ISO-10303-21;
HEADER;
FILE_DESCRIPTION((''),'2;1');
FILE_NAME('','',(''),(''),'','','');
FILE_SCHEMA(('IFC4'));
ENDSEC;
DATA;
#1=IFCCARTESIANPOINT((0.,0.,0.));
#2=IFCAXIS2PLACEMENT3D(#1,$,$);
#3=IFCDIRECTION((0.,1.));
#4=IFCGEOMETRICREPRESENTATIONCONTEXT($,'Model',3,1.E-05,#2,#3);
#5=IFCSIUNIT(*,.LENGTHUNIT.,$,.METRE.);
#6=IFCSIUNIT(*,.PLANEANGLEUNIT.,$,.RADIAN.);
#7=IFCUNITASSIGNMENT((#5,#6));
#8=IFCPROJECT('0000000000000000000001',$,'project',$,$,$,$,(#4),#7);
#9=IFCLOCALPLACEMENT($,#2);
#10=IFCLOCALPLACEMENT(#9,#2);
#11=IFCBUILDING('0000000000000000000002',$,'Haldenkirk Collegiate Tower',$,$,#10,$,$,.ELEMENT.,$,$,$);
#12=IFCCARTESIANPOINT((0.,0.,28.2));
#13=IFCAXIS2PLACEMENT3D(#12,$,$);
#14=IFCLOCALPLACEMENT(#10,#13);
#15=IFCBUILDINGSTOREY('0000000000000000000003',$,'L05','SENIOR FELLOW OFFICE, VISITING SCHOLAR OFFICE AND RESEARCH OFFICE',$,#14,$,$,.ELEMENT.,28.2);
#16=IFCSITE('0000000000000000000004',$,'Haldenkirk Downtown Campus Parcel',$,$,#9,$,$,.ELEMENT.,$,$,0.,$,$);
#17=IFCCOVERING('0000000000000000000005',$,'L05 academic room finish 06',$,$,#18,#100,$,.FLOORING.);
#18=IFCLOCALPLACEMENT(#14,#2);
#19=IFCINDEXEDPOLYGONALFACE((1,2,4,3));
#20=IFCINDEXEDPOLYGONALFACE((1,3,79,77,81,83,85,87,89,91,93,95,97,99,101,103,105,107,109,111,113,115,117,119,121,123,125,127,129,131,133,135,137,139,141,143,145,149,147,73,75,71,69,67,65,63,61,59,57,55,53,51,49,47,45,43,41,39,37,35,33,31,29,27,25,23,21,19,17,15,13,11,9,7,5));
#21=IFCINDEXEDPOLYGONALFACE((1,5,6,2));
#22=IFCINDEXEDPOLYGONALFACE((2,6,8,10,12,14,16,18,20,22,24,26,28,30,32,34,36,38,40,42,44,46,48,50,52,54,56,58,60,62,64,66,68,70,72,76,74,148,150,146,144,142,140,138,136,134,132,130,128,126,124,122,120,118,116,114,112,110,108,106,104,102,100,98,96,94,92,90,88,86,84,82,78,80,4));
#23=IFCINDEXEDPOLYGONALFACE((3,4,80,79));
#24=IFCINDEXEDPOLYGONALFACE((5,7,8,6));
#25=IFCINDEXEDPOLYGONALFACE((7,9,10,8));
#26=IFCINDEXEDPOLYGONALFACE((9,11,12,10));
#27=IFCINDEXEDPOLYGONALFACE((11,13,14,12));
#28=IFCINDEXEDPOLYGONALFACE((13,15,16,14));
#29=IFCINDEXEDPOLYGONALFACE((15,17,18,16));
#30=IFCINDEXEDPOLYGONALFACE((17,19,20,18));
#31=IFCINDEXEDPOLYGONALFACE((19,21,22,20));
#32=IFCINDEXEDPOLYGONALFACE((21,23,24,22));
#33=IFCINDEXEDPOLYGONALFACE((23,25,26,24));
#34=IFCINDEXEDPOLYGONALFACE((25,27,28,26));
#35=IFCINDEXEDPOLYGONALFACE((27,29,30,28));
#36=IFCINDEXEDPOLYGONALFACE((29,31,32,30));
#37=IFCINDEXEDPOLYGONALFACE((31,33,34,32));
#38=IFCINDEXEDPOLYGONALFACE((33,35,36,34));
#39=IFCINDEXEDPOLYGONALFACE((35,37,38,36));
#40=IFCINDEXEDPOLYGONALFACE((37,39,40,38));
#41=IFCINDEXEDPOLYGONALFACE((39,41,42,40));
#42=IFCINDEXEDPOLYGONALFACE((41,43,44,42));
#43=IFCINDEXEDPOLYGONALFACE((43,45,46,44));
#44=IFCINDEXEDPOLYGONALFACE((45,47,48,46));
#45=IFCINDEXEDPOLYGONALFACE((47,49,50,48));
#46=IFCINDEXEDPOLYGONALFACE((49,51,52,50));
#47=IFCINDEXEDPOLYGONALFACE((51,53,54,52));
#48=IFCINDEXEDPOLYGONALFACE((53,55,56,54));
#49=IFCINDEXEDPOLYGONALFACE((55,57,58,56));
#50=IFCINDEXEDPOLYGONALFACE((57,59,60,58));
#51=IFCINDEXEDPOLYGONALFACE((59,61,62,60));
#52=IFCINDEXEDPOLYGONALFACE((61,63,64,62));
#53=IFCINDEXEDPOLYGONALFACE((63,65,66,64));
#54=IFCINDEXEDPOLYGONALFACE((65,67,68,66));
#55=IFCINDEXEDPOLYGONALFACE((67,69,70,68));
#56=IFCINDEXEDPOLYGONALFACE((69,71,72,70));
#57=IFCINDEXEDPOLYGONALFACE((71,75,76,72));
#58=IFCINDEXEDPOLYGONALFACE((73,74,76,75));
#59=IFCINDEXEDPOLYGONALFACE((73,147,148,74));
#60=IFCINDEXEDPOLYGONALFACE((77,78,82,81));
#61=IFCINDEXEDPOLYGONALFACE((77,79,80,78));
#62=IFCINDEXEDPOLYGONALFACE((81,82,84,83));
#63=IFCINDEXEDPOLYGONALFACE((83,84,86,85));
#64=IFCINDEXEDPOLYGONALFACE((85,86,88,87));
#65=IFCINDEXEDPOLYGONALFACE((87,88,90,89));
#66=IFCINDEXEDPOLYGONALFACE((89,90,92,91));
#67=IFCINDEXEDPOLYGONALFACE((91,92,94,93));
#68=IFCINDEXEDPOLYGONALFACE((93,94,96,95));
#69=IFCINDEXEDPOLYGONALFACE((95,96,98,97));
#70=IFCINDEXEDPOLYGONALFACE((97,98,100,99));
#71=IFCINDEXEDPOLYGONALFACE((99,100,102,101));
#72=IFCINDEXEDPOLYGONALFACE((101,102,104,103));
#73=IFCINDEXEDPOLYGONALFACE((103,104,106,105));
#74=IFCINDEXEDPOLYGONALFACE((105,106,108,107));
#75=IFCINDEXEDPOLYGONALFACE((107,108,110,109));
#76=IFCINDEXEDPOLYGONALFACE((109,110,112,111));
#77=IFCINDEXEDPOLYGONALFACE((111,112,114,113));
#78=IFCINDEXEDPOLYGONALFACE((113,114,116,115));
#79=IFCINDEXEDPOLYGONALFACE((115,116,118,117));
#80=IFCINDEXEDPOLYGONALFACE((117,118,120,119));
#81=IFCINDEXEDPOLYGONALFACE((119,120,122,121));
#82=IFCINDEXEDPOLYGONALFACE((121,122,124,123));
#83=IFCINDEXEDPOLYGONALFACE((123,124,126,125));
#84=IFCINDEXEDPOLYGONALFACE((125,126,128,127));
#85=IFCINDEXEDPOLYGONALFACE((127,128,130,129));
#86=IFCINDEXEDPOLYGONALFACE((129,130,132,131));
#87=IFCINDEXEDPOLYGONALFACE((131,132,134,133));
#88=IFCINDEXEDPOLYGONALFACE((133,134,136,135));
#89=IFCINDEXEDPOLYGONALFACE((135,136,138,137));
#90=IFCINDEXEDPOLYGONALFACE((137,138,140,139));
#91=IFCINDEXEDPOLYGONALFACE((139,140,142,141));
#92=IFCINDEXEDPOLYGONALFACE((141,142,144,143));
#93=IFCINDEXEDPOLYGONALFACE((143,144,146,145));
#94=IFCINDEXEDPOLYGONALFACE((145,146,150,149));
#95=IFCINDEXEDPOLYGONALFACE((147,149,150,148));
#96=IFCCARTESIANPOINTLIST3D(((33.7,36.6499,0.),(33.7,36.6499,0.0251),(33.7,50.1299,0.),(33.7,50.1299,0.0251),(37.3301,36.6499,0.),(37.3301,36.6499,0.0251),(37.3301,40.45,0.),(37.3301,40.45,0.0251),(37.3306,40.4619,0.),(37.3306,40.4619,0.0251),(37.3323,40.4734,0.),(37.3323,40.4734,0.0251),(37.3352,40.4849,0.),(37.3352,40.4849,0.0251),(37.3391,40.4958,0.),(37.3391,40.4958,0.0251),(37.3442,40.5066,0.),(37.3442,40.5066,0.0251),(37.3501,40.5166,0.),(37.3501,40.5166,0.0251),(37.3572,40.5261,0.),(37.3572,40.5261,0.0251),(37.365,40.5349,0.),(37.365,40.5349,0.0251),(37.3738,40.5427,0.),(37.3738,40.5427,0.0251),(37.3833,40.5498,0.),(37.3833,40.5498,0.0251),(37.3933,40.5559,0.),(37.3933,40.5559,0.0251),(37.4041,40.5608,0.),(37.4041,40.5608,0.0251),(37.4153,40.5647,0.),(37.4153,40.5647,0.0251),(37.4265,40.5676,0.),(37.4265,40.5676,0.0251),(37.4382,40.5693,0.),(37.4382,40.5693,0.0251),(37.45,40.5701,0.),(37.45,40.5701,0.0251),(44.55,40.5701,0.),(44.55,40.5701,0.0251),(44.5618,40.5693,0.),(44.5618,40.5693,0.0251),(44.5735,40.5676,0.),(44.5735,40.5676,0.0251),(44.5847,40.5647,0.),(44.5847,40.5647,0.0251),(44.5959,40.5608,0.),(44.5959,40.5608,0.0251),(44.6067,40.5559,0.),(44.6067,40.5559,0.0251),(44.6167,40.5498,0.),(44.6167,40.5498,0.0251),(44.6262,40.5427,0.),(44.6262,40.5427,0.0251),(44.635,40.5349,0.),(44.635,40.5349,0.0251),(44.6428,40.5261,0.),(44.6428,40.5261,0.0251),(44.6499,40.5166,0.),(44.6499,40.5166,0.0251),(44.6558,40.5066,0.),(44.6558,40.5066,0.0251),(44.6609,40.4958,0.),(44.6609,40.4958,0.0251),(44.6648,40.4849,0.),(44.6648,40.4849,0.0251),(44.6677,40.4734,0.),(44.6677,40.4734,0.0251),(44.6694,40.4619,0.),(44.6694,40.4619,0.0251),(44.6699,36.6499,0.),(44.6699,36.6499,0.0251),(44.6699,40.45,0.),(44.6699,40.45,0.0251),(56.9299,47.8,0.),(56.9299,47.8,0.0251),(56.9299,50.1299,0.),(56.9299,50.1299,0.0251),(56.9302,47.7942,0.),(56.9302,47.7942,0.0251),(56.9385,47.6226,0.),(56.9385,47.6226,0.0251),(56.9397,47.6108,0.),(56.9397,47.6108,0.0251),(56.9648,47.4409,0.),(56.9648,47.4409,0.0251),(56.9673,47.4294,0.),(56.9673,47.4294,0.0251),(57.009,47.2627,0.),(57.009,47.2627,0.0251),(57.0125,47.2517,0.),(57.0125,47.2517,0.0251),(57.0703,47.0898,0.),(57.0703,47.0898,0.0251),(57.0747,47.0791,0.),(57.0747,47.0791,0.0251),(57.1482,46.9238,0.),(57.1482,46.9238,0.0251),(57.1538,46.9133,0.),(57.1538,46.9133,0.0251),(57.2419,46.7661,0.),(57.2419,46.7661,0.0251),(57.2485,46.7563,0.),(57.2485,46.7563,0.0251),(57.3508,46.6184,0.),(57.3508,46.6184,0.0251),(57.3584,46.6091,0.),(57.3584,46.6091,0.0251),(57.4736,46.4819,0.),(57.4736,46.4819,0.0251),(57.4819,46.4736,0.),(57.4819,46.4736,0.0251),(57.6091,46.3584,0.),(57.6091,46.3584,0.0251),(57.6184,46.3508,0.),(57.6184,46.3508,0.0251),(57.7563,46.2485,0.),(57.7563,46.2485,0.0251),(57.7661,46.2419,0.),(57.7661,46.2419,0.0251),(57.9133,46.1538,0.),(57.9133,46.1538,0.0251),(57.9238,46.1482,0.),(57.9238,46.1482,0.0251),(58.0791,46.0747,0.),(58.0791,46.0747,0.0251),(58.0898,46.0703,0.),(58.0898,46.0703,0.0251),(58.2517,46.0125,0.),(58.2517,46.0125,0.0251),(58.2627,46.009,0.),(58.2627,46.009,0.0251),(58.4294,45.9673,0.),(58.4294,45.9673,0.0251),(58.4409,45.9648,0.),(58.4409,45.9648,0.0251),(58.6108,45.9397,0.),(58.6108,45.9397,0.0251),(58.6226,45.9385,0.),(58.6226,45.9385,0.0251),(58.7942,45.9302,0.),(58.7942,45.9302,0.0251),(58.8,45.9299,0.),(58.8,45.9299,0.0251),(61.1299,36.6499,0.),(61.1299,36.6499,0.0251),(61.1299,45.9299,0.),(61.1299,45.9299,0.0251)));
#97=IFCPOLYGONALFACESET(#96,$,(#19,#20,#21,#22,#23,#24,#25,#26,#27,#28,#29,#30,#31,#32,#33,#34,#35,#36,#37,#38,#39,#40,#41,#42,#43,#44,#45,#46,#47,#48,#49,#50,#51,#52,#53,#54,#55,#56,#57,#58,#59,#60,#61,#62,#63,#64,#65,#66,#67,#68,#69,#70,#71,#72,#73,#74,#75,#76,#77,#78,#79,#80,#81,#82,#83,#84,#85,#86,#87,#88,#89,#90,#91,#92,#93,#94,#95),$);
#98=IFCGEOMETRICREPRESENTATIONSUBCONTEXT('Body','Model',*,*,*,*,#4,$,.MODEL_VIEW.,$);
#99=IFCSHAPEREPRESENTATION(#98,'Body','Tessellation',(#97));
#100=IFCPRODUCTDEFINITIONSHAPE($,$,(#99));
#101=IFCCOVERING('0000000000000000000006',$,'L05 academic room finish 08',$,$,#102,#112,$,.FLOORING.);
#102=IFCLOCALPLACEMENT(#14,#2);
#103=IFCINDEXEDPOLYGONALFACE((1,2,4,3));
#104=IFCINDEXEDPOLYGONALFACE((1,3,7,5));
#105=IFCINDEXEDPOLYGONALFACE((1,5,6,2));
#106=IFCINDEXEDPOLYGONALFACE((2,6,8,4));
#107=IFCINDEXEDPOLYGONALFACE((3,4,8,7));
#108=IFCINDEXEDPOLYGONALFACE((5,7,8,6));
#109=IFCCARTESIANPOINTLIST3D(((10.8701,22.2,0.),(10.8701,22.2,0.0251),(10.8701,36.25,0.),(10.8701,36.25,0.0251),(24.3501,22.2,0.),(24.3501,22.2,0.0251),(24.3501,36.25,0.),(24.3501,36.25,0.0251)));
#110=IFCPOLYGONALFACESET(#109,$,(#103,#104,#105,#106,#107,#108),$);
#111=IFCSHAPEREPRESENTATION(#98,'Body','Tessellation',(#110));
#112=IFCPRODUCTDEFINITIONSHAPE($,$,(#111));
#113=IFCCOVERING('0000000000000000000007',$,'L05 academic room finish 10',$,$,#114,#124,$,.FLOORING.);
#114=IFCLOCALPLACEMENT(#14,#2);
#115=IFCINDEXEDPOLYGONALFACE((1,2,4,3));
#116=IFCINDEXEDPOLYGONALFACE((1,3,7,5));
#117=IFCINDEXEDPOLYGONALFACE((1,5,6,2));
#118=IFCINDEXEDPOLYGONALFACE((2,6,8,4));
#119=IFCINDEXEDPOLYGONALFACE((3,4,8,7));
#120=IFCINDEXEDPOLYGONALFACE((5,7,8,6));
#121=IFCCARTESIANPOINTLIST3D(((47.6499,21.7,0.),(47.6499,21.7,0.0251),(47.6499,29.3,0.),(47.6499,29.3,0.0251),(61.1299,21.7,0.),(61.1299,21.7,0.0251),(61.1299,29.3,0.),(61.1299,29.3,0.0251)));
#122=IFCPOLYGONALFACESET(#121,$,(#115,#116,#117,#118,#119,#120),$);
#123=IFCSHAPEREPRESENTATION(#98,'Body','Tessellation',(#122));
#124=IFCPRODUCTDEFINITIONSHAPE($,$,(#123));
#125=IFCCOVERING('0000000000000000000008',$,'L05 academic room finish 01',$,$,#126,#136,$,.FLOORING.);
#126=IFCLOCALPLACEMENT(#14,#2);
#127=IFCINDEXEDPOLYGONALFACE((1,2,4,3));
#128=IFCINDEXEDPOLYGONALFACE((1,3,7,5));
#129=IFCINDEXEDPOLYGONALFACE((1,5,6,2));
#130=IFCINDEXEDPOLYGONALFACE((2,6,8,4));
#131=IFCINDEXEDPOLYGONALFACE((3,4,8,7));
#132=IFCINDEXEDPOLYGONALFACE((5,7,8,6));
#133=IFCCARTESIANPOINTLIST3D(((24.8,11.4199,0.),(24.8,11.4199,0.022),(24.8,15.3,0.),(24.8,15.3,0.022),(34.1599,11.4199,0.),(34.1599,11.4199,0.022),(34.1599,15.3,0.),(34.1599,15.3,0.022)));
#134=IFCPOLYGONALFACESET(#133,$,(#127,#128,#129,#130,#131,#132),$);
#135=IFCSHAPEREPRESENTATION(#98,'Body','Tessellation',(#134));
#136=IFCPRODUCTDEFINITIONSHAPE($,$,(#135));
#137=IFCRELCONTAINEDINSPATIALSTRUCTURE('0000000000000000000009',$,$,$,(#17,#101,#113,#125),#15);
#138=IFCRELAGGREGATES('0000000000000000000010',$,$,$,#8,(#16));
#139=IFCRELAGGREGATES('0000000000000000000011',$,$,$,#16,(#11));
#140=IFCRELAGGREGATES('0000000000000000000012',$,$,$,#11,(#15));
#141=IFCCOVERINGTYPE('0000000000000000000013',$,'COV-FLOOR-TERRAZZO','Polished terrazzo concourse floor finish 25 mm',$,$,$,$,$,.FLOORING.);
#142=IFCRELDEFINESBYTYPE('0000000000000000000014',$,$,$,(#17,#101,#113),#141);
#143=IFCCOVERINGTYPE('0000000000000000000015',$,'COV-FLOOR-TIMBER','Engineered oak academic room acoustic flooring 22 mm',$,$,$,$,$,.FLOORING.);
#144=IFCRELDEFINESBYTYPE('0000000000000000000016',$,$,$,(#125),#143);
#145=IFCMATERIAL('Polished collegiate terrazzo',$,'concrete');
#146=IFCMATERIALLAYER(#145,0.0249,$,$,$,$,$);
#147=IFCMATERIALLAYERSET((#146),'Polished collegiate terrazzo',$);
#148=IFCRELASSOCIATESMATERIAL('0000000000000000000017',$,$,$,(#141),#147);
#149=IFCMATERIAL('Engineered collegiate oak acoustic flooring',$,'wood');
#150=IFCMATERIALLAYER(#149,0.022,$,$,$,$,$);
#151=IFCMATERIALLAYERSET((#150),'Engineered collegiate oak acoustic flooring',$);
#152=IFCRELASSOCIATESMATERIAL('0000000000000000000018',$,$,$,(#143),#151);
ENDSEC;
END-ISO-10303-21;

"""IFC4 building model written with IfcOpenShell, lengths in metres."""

from ifc_helpers import new_model, si_unit, direction, frame, origin, place, context, subcontext, project, spatial, polyline, outline, extrude, material, layer, layer_set, type_object, element, save


model = new_model("IFC4")

# Units and contexts
model_context = context("Model", 3, precision=1e-05, world=origin(), true_north=direction((0.0, 1.0)))
body_context = subcontext(model_context, "Body", "Model", "MODEL_VIEW")
ifc_project = project(units=[si_unit("LENGTHUNIT", "METRE"), si_unit("PLANEANGLEUNIT", "RADIAN")], contexts=[model_context])

# Site, building, storey
site_placement = place(None, origin())
site = spatial("IfcSite", under=ifc_project, at=site_placement, Name="Haldenkirk Downtown Campus Parcel", CompositionType="ELEMENT", RefElevation=0.0)
building_placement = place(site_placement, origin())
building = spatial("IfcBuilding", under=site, at=building_placement, Name="Haldenkirk Collegiate Tower", CompositionType="ELEMENT")
storey_placement = place(building_placement, frame((0.0, 0.0, 28.2)))
storey = spatial("IfcBuildingStorey", under=building, at=storey_placement, Name="L05", Description="SENIOR FELLOW OFFICE, VISITING SCHOLAR OFFICE AND RESEARCH OFFICE", CompositionType="ELEMENT", Elevation=28.2)

# Coverings
ifc_material_1 = material(Name="Polished collegiate terrazzo", Category="concrete")
ifc_layer_1 = layer(ifc_material_1, 0.0249)
ifc_layer_set_1 = layer_set([ifc_layer_1], Name="Polished collegiate terrazzo")
covering_type_1 = type_object("IfcCoveringType", Name="COV-FLOOR-TERRAZZO", Description="Polished terrazzo concourse floor finish 25 mm", PredefinedType="FLOORING", material=ifc_layer_set_1)
covering_1_placement = place(storey_placement, origin())
element("IfcCovering", 1, at=covering_1_placement, inside=storey, type_object=covering_type_1, Name="L05 academic room finish 06", PredefinedType="FLOORING", context=body_context, shape_type="SweptSolid", body=[
    extrude(outline(polyline([(56.9299, 50.1299), (56.9299, 47.8), (56.9302, 47.7942), (56.9385, 47.6226), (56.9397, 47.6108), (56.9648, 47.4409), (56.9673, 47.4294), (57.009, 47.2627), (57.0125, 47.2517), (57.0703, 47.0898), (57.0747, 47.0791), (57.1482, 46.9238), (57.1538, 46.9133), (57.2419, 46.7661), (57.2485, 46.7563), (57.3508, 46.6184), (57.3584, 46.6091), (57.4736, 46.4819), (57.4819, 46.4736), (57.6091, 46.3584), (57.6184, 46.3508), (57.7563, 46.2485), (57.7661, 46.2419), (57.9133, 46.1538), (57.9238, 46.1482), (58.0791, 46.0747), (58.0898, 46.0703), (58.2517, 46.0125), (58.2627, 46.009), (58.4294, 45.9673), (58.4409, 45.9648), (58.6108, 45.9397), (58.6226, 45.9385), (58.7942, 45.9302), (58.8, 45.9299), (61.1299, 45.9299), (61.1299, 36.6499), (44.6699, 36.6499), (44.6699, 40.45), (44.6694, 40.4619), (44.6677, 40.4734), (44.6648, 40.4849), (44.6609, 40.4958), (44.6558, 40.5066), (44.6499, 40.5166), (44.6428, 40.5261), (44.635, 40.5349), (44.6262, 40.5427), (44.6167, 40.5498), (44.6067, 40.5559), (44.5959, 40.5608), (44.5847, 40.5647), (44.5735, 40.5676), (44.5618, 40.5693), (44.55, 40.5701), (37.45, 40.5701), (37.4382, 40.5693), (37.4265, 40.5676), (37.4153, 40.5647), (37.4041, 40.5608), (37.3933, 40.5559), (37.3833, 40.5498), (37.3738, 40.5427), (37.365, 40.5349), (37.3572, 40.5261), (37.3501, 40.5166), (37.3442, 40.5066), (37.3391, 40.4958), (37.3352, 40.4849), (37.3323, 40.4734), (37.3306, 40.4619), (37.3301, 40.45), (37.3301, 36.6499), (33.7, 36.6499), (33.7, 50.1299), (56.9299, 50.1299)])), origin(), (0.0, 0.0, 1.0), 0.0251),
])
covering_2_placement = place(storey_placement, origin())
element("IfcCovering", 2, at=covering_2_placement, inside=storey, type_object=covering_type_1, Name="L05 academic room finish 08", PredefinedType="FLOORING", context=body_context, shape_type="SweptSolid", body=[
    extrude(outline(polyline([(10.8701, 36.25), (24.3501, 36.25), (24.3501, 22.2), (10.8701, 22.2), (10.8701, 36.25)])), origin(), (0.0, 0.0, 1.0), 0.0251),
])
covering_3_placement = place(storey_placement, origin())
element("IfcCovering", 3, at=covering_3_placement, inside=storey, type_object=covering_type_1, Name="L05 academic room finish 10", PredefinedType="FLOORING", context=body_context, shape_type="SweptSolid", body=[
    extrude(outline(polyline([(61.1299, 21.7), (47.6499, 21.7), (47.6499, 29.3), (61.1299, 29.3), (61.1299, 21.7)])), origin(), (0.0, 0.0, 1.0), 0.0251),
])
ifc_material_2 = material(Name="Engineered collegiate oak acoustic flooring", Category="wood")
ifc_layer_2 = layer(ifc_material_2, 0.022)
ifc_layer_set_2 = layer_set([ifc_layer_2], Name="Engineered collegiate oak acoustic flooring")
covering_type_2 = type_object("IfcCoveringType", Name="COV-FLOOR-TIMBER", Description="Engineered oak academic room acoustic flooring 22 mm", PredefinedType="FLOORING", material=ifc_layer_set_2)
covering_4_placement = place(storey_placement, origin())
element("IfcCovering", 4, at=covering_4_placement, inside=storey, type_object=covering_type_2, Name="L05 academic room finish 01", PredefinedType="FLOORING", context=body_context, shape_type="SweptSolid", body=[
    extrude(outline(polyline([(24.8, 11.4199), (24.8, 15.3), (34.1599, 15.3), (34.1599, 11.4199), (24.8, 11.4199)])), origin(), (0.0, 0.0, 1.0), 0.022),
])

save(model, "model.ifc")
